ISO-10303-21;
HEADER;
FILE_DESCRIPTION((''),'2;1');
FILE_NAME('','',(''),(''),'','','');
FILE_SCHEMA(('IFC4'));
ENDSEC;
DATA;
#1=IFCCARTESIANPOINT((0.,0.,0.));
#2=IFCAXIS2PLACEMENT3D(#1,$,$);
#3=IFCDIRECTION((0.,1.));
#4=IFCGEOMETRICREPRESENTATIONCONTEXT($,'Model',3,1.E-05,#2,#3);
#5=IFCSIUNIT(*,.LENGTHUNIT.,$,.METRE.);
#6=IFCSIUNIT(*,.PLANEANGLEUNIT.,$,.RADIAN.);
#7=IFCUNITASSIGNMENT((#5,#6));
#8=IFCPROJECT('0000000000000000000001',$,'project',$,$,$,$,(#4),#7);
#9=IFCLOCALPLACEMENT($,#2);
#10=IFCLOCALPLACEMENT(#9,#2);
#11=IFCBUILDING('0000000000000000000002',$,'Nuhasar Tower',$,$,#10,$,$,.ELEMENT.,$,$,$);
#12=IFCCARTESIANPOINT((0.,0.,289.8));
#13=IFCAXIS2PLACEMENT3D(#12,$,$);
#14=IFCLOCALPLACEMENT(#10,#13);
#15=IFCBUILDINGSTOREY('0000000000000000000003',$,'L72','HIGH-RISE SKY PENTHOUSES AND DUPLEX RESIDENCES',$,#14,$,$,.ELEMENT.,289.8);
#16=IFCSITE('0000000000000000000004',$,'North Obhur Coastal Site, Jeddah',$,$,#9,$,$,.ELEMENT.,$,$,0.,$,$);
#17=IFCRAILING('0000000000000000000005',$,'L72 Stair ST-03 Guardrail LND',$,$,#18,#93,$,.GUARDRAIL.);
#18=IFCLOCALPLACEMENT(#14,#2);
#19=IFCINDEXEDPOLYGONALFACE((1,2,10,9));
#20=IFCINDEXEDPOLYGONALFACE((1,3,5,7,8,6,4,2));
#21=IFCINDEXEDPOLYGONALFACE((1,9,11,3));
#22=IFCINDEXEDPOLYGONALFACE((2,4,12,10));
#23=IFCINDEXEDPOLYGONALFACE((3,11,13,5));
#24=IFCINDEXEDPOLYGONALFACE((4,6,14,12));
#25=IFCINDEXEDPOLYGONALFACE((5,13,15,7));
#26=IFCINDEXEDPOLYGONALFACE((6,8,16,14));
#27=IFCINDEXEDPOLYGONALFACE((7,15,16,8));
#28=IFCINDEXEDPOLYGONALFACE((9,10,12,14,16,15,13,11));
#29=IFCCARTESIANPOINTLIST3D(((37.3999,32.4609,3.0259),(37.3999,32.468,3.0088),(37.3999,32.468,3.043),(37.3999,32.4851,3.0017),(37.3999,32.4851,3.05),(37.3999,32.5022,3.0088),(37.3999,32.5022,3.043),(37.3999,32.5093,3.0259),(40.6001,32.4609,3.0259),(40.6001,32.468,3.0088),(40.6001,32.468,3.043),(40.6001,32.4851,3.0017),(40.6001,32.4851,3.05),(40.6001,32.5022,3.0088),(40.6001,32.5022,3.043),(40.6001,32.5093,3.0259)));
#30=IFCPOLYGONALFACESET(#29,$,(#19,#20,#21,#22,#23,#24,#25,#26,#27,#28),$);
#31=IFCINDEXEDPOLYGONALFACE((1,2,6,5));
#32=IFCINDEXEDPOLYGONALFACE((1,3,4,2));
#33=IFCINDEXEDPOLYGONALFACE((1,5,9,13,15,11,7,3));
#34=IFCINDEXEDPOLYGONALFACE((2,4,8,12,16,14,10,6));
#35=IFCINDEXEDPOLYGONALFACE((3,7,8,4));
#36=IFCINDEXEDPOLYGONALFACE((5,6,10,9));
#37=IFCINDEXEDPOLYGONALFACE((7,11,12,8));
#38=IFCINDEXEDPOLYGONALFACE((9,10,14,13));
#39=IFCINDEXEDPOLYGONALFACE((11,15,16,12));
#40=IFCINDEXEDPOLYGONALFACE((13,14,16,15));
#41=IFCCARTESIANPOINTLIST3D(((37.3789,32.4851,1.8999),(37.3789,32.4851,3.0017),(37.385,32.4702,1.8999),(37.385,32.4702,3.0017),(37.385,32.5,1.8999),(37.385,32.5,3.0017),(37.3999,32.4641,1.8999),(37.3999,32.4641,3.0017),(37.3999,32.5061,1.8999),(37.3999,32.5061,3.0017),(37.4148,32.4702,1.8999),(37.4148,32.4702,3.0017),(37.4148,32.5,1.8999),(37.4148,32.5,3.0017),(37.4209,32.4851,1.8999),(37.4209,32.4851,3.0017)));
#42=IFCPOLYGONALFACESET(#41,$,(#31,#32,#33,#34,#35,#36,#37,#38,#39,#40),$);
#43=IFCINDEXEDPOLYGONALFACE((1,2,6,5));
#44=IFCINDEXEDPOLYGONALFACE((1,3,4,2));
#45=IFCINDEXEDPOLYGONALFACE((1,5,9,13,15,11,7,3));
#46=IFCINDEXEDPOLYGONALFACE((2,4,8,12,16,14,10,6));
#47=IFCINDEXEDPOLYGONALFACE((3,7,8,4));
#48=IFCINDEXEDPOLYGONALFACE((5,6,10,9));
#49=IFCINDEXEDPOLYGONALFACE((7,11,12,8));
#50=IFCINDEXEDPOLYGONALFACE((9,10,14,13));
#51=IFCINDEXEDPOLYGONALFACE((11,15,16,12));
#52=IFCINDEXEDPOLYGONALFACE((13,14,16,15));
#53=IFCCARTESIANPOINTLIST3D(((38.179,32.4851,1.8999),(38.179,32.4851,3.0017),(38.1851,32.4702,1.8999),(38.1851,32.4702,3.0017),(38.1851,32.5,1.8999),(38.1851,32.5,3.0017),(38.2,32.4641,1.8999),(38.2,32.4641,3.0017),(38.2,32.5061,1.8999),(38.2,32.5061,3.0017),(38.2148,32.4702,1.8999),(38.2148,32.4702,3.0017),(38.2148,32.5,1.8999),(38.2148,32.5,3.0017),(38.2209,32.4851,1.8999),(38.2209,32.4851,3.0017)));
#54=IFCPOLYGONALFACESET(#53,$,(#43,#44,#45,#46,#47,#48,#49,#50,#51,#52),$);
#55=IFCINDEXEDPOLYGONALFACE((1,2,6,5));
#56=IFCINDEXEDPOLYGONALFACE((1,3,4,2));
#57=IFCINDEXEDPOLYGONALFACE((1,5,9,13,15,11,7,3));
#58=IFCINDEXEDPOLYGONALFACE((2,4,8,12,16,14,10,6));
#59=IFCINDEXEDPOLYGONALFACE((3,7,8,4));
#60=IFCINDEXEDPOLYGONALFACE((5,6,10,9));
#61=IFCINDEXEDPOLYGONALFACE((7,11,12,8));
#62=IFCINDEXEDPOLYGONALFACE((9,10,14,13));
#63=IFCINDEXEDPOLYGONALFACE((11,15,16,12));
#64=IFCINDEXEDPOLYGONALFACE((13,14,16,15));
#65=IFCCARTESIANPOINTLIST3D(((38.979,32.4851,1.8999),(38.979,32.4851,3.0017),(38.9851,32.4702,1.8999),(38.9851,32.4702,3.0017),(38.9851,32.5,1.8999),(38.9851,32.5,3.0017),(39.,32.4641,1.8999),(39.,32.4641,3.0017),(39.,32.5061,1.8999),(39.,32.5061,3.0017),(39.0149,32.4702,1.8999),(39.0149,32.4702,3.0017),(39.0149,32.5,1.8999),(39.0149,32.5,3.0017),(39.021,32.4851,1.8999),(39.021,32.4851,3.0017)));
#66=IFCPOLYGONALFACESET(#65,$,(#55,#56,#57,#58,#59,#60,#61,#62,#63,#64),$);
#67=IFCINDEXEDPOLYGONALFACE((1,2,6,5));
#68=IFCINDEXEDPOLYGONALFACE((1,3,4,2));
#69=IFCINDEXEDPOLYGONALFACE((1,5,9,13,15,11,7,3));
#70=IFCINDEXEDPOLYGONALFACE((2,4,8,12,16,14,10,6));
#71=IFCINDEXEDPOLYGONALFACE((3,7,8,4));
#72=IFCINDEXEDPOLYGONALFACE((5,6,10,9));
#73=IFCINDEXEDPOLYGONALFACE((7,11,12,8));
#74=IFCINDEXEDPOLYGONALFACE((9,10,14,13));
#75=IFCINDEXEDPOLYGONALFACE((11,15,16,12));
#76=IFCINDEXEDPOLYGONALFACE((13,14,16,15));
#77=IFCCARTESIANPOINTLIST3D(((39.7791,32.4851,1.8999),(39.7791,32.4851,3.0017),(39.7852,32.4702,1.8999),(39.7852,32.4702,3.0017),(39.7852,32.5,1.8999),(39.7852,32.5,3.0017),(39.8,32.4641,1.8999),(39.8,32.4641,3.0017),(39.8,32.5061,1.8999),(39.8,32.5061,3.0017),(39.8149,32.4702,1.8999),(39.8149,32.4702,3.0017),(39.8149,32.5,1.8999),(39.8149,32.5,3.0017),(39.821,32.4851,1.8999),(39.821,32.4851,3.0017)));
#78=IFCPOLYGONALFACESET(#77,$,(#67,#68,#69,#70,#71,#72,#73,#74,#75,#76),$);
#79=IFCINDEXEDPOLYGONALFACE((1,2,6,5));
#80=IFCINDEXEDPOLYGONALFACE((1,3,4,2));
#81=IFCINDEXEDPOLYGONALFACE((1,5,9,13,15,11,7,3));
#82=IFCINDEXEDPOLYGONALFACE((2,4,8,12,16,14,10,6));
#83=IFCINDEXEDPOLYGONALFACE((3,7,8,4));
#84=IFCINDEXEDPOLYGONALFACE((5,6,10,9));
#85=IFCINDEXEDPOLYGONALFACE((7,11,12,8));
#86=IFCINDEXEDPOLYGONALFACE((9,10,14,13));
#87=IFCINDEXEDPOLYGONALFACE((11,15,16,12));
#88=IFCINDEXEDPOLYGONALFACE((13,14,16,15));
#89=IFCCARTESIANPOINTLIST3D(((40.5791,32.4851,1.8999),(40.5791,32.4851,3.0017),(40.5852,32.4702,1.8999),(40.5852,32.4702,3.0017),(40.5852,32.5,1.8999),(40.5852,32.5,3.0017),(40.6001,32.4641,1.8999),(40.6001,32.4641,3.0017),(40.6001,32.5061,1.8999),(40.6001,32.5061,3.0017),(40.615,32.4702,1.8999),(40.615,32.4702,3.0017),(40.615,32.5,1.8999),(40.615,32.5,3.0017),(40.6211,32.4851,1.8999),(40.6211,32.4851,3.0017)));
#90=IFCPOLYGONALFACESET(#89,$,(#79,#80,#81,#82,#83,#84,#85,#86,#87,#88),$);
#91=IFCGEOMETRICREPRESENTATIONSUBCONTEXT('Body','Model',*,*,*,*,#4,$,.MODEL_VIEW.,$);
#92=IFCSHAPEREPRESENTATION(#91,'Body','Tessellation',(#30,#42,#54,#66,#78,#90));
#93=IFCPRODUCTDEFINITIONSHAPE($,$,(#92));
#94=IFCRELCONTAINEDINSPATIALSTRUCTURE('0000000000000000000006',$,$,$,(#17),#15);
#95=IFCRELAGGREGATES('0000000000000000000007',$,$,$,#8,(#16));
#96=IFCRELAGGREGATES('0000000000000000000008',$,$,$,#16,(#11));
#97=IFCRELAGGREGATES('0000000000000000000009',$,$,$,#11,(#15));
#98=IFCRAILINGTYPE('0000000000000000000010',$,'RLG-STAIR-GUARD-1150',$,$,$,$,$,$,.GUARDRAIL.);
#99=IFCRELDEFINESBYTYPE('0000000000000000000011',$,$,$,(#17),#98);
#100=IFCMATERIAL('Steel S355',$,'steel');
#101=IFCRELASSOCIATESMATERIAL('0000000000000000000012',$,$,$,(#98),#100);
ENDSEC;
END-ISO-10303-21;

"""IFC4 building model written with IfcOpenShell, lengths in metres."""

from ifc_helpers import new_model, si_unit, direction, frame, origin, place, context, subcontext, project, spatial, polyline, outline, extrude, material, type_object, element, save


model = new_model("IFC4")

# Units and contexts
model_context = context("Model", 3, precision=1e-05, world=origin(), true_north=direction((0.0, 1.0)))
body_context = subcontext(model_context, "Body", "Model", "MODEL_VIEW")
ifc_project = project(units=[si_unit("LENGTHUNIT", "METRE"), si_unit("PLANEANGLEUNIT", "RADIAN")], contexts=[model_context])

# Site, building, storey
site_placement = place(None, origin())
site = spatial("IfcSite", under=ifc_project, at=site_placement, Name="North Obhur Coastal Site, Jeddah", CompositionType="ELEMENT", RefElevation=0.0)
building_placement = place(site_placement, origin())
building = spatial("IfcBuilding", under=site, at=building_placement, Name="Nuhasar Tower", CompositionType="ELEMENT")
storey_placement = place(building_placement, frame((0.0, 0.0, 289.8)))
storey = spatial("IfcBuildingStorey", under=building, at=storey_placement, Name="L72", Description="HIGH-RISE SKY PENTHOUSES AND DUPLEX RESIDENCES", CompositionType="ELEMENT", Elevation=289.8)

# Shared definitions
ifc_material_1 = material(Name="Steel S355", Category="steel")

# Railing
railing_type_1 = type_object("IfcRailingType", Name="RLG-STAIR-GUARD-1150", PredefinedType="GUARDRAIL", material=ifc_material_1)
railing_1_placement = place(storey_placement, frame((37.3999, 32.4851, 1.8999)))
element("IfcRailing", 1, at=railing_1_placement, inside=storey, type_object=railing_type_1, Name="L72 Stair ST-03 Guardrail LND", PredefinedType="GUARDRAIL", context=body_context, shape_type="SweptSolid", body=[
    extrude(outline(polyline([(0.0242, 0.0), (0.0171, 0.0171), (0.0, 0.0242), (-0.0171, 0.0171), (-0.0242, 0.0), (-0.0171, -0.0171), (0.0, -0.0242), (0.0171, -0.0171), (0.0242, 0.0)])), frame((0.0, 0.0, 1.126), z_axis=(1.0, 0.0, 0.0), x_axis=(0.0, 1.0, 0.0)), (0.0, 0.0, 1.0), 3.2002),
    extrude(outline(polyline([(0.021, 0.0), (0.0149, 0.0149), (0.0, 0.021), (-0.0149, 0.0149), (-0.021, 0.0), (-0.0149, -0.0149), (0.0, -0.021), (0.0149, -0.0149), (0.021, 0.0)])), origin(), (0.0, 0.0, 1.0), 1.1018),
    extrude(outline(polyline([(0.021, 0.0), (0.0149, 0.0149), (0.0, 0.021), (-0.0149, 0.0149), (-0.021, 0.0), (-0.0149, -0.0149), (0.0, -0.021), (0.0149, -0.0149), (0.021, 0.0)])), frame((0.8, 0.0, 0.0)), (0.0, 0.0, 1.0), 1.1018),
    extrude(outline(polyline([(0.021, 0.0), (0.0149, 0.0149), (0.0, 0.021), (-0.0149, 0.0149), (-0.021, 0.0), (-0.0149, -0.0149), (0.0, -0.021), (0.0149, -0.0149), (0.021, 0.0)])), frame((1.6001, 0.0, 0.0)), (0.0, 0.0, 1.0), 1.1018),
    extrude(outline(polyline([(0.021, 0.0), (0.0149, 0.0149), (0.0, 0.021), (-0.0149, 0.0149), (-0.021, 0.0), (-0.0149, -0.0149), (0.0, -0.021), (0.0149, -0.0149), (0.021, 0.0)])), frame((2.4001, 0.0, 0.0)), (0.0, 0.0, 1.0), 1.1018),
    extrude(outline(polyline([(0.021, 0.0), (0.0149, 0.0149), (0.0, 0.021), (-0.0149, 0.0149), (-0.021, 0.0), (-0.0149, -0.0149), (0.0, -0.021), (0.0149, -0.0149), (0.021, 0.0)])), frame((3.2002, 0.0, 0.0)), (0.0, 0.0, 1.0), 1.1018),
])

save(model, "model.ifc")
